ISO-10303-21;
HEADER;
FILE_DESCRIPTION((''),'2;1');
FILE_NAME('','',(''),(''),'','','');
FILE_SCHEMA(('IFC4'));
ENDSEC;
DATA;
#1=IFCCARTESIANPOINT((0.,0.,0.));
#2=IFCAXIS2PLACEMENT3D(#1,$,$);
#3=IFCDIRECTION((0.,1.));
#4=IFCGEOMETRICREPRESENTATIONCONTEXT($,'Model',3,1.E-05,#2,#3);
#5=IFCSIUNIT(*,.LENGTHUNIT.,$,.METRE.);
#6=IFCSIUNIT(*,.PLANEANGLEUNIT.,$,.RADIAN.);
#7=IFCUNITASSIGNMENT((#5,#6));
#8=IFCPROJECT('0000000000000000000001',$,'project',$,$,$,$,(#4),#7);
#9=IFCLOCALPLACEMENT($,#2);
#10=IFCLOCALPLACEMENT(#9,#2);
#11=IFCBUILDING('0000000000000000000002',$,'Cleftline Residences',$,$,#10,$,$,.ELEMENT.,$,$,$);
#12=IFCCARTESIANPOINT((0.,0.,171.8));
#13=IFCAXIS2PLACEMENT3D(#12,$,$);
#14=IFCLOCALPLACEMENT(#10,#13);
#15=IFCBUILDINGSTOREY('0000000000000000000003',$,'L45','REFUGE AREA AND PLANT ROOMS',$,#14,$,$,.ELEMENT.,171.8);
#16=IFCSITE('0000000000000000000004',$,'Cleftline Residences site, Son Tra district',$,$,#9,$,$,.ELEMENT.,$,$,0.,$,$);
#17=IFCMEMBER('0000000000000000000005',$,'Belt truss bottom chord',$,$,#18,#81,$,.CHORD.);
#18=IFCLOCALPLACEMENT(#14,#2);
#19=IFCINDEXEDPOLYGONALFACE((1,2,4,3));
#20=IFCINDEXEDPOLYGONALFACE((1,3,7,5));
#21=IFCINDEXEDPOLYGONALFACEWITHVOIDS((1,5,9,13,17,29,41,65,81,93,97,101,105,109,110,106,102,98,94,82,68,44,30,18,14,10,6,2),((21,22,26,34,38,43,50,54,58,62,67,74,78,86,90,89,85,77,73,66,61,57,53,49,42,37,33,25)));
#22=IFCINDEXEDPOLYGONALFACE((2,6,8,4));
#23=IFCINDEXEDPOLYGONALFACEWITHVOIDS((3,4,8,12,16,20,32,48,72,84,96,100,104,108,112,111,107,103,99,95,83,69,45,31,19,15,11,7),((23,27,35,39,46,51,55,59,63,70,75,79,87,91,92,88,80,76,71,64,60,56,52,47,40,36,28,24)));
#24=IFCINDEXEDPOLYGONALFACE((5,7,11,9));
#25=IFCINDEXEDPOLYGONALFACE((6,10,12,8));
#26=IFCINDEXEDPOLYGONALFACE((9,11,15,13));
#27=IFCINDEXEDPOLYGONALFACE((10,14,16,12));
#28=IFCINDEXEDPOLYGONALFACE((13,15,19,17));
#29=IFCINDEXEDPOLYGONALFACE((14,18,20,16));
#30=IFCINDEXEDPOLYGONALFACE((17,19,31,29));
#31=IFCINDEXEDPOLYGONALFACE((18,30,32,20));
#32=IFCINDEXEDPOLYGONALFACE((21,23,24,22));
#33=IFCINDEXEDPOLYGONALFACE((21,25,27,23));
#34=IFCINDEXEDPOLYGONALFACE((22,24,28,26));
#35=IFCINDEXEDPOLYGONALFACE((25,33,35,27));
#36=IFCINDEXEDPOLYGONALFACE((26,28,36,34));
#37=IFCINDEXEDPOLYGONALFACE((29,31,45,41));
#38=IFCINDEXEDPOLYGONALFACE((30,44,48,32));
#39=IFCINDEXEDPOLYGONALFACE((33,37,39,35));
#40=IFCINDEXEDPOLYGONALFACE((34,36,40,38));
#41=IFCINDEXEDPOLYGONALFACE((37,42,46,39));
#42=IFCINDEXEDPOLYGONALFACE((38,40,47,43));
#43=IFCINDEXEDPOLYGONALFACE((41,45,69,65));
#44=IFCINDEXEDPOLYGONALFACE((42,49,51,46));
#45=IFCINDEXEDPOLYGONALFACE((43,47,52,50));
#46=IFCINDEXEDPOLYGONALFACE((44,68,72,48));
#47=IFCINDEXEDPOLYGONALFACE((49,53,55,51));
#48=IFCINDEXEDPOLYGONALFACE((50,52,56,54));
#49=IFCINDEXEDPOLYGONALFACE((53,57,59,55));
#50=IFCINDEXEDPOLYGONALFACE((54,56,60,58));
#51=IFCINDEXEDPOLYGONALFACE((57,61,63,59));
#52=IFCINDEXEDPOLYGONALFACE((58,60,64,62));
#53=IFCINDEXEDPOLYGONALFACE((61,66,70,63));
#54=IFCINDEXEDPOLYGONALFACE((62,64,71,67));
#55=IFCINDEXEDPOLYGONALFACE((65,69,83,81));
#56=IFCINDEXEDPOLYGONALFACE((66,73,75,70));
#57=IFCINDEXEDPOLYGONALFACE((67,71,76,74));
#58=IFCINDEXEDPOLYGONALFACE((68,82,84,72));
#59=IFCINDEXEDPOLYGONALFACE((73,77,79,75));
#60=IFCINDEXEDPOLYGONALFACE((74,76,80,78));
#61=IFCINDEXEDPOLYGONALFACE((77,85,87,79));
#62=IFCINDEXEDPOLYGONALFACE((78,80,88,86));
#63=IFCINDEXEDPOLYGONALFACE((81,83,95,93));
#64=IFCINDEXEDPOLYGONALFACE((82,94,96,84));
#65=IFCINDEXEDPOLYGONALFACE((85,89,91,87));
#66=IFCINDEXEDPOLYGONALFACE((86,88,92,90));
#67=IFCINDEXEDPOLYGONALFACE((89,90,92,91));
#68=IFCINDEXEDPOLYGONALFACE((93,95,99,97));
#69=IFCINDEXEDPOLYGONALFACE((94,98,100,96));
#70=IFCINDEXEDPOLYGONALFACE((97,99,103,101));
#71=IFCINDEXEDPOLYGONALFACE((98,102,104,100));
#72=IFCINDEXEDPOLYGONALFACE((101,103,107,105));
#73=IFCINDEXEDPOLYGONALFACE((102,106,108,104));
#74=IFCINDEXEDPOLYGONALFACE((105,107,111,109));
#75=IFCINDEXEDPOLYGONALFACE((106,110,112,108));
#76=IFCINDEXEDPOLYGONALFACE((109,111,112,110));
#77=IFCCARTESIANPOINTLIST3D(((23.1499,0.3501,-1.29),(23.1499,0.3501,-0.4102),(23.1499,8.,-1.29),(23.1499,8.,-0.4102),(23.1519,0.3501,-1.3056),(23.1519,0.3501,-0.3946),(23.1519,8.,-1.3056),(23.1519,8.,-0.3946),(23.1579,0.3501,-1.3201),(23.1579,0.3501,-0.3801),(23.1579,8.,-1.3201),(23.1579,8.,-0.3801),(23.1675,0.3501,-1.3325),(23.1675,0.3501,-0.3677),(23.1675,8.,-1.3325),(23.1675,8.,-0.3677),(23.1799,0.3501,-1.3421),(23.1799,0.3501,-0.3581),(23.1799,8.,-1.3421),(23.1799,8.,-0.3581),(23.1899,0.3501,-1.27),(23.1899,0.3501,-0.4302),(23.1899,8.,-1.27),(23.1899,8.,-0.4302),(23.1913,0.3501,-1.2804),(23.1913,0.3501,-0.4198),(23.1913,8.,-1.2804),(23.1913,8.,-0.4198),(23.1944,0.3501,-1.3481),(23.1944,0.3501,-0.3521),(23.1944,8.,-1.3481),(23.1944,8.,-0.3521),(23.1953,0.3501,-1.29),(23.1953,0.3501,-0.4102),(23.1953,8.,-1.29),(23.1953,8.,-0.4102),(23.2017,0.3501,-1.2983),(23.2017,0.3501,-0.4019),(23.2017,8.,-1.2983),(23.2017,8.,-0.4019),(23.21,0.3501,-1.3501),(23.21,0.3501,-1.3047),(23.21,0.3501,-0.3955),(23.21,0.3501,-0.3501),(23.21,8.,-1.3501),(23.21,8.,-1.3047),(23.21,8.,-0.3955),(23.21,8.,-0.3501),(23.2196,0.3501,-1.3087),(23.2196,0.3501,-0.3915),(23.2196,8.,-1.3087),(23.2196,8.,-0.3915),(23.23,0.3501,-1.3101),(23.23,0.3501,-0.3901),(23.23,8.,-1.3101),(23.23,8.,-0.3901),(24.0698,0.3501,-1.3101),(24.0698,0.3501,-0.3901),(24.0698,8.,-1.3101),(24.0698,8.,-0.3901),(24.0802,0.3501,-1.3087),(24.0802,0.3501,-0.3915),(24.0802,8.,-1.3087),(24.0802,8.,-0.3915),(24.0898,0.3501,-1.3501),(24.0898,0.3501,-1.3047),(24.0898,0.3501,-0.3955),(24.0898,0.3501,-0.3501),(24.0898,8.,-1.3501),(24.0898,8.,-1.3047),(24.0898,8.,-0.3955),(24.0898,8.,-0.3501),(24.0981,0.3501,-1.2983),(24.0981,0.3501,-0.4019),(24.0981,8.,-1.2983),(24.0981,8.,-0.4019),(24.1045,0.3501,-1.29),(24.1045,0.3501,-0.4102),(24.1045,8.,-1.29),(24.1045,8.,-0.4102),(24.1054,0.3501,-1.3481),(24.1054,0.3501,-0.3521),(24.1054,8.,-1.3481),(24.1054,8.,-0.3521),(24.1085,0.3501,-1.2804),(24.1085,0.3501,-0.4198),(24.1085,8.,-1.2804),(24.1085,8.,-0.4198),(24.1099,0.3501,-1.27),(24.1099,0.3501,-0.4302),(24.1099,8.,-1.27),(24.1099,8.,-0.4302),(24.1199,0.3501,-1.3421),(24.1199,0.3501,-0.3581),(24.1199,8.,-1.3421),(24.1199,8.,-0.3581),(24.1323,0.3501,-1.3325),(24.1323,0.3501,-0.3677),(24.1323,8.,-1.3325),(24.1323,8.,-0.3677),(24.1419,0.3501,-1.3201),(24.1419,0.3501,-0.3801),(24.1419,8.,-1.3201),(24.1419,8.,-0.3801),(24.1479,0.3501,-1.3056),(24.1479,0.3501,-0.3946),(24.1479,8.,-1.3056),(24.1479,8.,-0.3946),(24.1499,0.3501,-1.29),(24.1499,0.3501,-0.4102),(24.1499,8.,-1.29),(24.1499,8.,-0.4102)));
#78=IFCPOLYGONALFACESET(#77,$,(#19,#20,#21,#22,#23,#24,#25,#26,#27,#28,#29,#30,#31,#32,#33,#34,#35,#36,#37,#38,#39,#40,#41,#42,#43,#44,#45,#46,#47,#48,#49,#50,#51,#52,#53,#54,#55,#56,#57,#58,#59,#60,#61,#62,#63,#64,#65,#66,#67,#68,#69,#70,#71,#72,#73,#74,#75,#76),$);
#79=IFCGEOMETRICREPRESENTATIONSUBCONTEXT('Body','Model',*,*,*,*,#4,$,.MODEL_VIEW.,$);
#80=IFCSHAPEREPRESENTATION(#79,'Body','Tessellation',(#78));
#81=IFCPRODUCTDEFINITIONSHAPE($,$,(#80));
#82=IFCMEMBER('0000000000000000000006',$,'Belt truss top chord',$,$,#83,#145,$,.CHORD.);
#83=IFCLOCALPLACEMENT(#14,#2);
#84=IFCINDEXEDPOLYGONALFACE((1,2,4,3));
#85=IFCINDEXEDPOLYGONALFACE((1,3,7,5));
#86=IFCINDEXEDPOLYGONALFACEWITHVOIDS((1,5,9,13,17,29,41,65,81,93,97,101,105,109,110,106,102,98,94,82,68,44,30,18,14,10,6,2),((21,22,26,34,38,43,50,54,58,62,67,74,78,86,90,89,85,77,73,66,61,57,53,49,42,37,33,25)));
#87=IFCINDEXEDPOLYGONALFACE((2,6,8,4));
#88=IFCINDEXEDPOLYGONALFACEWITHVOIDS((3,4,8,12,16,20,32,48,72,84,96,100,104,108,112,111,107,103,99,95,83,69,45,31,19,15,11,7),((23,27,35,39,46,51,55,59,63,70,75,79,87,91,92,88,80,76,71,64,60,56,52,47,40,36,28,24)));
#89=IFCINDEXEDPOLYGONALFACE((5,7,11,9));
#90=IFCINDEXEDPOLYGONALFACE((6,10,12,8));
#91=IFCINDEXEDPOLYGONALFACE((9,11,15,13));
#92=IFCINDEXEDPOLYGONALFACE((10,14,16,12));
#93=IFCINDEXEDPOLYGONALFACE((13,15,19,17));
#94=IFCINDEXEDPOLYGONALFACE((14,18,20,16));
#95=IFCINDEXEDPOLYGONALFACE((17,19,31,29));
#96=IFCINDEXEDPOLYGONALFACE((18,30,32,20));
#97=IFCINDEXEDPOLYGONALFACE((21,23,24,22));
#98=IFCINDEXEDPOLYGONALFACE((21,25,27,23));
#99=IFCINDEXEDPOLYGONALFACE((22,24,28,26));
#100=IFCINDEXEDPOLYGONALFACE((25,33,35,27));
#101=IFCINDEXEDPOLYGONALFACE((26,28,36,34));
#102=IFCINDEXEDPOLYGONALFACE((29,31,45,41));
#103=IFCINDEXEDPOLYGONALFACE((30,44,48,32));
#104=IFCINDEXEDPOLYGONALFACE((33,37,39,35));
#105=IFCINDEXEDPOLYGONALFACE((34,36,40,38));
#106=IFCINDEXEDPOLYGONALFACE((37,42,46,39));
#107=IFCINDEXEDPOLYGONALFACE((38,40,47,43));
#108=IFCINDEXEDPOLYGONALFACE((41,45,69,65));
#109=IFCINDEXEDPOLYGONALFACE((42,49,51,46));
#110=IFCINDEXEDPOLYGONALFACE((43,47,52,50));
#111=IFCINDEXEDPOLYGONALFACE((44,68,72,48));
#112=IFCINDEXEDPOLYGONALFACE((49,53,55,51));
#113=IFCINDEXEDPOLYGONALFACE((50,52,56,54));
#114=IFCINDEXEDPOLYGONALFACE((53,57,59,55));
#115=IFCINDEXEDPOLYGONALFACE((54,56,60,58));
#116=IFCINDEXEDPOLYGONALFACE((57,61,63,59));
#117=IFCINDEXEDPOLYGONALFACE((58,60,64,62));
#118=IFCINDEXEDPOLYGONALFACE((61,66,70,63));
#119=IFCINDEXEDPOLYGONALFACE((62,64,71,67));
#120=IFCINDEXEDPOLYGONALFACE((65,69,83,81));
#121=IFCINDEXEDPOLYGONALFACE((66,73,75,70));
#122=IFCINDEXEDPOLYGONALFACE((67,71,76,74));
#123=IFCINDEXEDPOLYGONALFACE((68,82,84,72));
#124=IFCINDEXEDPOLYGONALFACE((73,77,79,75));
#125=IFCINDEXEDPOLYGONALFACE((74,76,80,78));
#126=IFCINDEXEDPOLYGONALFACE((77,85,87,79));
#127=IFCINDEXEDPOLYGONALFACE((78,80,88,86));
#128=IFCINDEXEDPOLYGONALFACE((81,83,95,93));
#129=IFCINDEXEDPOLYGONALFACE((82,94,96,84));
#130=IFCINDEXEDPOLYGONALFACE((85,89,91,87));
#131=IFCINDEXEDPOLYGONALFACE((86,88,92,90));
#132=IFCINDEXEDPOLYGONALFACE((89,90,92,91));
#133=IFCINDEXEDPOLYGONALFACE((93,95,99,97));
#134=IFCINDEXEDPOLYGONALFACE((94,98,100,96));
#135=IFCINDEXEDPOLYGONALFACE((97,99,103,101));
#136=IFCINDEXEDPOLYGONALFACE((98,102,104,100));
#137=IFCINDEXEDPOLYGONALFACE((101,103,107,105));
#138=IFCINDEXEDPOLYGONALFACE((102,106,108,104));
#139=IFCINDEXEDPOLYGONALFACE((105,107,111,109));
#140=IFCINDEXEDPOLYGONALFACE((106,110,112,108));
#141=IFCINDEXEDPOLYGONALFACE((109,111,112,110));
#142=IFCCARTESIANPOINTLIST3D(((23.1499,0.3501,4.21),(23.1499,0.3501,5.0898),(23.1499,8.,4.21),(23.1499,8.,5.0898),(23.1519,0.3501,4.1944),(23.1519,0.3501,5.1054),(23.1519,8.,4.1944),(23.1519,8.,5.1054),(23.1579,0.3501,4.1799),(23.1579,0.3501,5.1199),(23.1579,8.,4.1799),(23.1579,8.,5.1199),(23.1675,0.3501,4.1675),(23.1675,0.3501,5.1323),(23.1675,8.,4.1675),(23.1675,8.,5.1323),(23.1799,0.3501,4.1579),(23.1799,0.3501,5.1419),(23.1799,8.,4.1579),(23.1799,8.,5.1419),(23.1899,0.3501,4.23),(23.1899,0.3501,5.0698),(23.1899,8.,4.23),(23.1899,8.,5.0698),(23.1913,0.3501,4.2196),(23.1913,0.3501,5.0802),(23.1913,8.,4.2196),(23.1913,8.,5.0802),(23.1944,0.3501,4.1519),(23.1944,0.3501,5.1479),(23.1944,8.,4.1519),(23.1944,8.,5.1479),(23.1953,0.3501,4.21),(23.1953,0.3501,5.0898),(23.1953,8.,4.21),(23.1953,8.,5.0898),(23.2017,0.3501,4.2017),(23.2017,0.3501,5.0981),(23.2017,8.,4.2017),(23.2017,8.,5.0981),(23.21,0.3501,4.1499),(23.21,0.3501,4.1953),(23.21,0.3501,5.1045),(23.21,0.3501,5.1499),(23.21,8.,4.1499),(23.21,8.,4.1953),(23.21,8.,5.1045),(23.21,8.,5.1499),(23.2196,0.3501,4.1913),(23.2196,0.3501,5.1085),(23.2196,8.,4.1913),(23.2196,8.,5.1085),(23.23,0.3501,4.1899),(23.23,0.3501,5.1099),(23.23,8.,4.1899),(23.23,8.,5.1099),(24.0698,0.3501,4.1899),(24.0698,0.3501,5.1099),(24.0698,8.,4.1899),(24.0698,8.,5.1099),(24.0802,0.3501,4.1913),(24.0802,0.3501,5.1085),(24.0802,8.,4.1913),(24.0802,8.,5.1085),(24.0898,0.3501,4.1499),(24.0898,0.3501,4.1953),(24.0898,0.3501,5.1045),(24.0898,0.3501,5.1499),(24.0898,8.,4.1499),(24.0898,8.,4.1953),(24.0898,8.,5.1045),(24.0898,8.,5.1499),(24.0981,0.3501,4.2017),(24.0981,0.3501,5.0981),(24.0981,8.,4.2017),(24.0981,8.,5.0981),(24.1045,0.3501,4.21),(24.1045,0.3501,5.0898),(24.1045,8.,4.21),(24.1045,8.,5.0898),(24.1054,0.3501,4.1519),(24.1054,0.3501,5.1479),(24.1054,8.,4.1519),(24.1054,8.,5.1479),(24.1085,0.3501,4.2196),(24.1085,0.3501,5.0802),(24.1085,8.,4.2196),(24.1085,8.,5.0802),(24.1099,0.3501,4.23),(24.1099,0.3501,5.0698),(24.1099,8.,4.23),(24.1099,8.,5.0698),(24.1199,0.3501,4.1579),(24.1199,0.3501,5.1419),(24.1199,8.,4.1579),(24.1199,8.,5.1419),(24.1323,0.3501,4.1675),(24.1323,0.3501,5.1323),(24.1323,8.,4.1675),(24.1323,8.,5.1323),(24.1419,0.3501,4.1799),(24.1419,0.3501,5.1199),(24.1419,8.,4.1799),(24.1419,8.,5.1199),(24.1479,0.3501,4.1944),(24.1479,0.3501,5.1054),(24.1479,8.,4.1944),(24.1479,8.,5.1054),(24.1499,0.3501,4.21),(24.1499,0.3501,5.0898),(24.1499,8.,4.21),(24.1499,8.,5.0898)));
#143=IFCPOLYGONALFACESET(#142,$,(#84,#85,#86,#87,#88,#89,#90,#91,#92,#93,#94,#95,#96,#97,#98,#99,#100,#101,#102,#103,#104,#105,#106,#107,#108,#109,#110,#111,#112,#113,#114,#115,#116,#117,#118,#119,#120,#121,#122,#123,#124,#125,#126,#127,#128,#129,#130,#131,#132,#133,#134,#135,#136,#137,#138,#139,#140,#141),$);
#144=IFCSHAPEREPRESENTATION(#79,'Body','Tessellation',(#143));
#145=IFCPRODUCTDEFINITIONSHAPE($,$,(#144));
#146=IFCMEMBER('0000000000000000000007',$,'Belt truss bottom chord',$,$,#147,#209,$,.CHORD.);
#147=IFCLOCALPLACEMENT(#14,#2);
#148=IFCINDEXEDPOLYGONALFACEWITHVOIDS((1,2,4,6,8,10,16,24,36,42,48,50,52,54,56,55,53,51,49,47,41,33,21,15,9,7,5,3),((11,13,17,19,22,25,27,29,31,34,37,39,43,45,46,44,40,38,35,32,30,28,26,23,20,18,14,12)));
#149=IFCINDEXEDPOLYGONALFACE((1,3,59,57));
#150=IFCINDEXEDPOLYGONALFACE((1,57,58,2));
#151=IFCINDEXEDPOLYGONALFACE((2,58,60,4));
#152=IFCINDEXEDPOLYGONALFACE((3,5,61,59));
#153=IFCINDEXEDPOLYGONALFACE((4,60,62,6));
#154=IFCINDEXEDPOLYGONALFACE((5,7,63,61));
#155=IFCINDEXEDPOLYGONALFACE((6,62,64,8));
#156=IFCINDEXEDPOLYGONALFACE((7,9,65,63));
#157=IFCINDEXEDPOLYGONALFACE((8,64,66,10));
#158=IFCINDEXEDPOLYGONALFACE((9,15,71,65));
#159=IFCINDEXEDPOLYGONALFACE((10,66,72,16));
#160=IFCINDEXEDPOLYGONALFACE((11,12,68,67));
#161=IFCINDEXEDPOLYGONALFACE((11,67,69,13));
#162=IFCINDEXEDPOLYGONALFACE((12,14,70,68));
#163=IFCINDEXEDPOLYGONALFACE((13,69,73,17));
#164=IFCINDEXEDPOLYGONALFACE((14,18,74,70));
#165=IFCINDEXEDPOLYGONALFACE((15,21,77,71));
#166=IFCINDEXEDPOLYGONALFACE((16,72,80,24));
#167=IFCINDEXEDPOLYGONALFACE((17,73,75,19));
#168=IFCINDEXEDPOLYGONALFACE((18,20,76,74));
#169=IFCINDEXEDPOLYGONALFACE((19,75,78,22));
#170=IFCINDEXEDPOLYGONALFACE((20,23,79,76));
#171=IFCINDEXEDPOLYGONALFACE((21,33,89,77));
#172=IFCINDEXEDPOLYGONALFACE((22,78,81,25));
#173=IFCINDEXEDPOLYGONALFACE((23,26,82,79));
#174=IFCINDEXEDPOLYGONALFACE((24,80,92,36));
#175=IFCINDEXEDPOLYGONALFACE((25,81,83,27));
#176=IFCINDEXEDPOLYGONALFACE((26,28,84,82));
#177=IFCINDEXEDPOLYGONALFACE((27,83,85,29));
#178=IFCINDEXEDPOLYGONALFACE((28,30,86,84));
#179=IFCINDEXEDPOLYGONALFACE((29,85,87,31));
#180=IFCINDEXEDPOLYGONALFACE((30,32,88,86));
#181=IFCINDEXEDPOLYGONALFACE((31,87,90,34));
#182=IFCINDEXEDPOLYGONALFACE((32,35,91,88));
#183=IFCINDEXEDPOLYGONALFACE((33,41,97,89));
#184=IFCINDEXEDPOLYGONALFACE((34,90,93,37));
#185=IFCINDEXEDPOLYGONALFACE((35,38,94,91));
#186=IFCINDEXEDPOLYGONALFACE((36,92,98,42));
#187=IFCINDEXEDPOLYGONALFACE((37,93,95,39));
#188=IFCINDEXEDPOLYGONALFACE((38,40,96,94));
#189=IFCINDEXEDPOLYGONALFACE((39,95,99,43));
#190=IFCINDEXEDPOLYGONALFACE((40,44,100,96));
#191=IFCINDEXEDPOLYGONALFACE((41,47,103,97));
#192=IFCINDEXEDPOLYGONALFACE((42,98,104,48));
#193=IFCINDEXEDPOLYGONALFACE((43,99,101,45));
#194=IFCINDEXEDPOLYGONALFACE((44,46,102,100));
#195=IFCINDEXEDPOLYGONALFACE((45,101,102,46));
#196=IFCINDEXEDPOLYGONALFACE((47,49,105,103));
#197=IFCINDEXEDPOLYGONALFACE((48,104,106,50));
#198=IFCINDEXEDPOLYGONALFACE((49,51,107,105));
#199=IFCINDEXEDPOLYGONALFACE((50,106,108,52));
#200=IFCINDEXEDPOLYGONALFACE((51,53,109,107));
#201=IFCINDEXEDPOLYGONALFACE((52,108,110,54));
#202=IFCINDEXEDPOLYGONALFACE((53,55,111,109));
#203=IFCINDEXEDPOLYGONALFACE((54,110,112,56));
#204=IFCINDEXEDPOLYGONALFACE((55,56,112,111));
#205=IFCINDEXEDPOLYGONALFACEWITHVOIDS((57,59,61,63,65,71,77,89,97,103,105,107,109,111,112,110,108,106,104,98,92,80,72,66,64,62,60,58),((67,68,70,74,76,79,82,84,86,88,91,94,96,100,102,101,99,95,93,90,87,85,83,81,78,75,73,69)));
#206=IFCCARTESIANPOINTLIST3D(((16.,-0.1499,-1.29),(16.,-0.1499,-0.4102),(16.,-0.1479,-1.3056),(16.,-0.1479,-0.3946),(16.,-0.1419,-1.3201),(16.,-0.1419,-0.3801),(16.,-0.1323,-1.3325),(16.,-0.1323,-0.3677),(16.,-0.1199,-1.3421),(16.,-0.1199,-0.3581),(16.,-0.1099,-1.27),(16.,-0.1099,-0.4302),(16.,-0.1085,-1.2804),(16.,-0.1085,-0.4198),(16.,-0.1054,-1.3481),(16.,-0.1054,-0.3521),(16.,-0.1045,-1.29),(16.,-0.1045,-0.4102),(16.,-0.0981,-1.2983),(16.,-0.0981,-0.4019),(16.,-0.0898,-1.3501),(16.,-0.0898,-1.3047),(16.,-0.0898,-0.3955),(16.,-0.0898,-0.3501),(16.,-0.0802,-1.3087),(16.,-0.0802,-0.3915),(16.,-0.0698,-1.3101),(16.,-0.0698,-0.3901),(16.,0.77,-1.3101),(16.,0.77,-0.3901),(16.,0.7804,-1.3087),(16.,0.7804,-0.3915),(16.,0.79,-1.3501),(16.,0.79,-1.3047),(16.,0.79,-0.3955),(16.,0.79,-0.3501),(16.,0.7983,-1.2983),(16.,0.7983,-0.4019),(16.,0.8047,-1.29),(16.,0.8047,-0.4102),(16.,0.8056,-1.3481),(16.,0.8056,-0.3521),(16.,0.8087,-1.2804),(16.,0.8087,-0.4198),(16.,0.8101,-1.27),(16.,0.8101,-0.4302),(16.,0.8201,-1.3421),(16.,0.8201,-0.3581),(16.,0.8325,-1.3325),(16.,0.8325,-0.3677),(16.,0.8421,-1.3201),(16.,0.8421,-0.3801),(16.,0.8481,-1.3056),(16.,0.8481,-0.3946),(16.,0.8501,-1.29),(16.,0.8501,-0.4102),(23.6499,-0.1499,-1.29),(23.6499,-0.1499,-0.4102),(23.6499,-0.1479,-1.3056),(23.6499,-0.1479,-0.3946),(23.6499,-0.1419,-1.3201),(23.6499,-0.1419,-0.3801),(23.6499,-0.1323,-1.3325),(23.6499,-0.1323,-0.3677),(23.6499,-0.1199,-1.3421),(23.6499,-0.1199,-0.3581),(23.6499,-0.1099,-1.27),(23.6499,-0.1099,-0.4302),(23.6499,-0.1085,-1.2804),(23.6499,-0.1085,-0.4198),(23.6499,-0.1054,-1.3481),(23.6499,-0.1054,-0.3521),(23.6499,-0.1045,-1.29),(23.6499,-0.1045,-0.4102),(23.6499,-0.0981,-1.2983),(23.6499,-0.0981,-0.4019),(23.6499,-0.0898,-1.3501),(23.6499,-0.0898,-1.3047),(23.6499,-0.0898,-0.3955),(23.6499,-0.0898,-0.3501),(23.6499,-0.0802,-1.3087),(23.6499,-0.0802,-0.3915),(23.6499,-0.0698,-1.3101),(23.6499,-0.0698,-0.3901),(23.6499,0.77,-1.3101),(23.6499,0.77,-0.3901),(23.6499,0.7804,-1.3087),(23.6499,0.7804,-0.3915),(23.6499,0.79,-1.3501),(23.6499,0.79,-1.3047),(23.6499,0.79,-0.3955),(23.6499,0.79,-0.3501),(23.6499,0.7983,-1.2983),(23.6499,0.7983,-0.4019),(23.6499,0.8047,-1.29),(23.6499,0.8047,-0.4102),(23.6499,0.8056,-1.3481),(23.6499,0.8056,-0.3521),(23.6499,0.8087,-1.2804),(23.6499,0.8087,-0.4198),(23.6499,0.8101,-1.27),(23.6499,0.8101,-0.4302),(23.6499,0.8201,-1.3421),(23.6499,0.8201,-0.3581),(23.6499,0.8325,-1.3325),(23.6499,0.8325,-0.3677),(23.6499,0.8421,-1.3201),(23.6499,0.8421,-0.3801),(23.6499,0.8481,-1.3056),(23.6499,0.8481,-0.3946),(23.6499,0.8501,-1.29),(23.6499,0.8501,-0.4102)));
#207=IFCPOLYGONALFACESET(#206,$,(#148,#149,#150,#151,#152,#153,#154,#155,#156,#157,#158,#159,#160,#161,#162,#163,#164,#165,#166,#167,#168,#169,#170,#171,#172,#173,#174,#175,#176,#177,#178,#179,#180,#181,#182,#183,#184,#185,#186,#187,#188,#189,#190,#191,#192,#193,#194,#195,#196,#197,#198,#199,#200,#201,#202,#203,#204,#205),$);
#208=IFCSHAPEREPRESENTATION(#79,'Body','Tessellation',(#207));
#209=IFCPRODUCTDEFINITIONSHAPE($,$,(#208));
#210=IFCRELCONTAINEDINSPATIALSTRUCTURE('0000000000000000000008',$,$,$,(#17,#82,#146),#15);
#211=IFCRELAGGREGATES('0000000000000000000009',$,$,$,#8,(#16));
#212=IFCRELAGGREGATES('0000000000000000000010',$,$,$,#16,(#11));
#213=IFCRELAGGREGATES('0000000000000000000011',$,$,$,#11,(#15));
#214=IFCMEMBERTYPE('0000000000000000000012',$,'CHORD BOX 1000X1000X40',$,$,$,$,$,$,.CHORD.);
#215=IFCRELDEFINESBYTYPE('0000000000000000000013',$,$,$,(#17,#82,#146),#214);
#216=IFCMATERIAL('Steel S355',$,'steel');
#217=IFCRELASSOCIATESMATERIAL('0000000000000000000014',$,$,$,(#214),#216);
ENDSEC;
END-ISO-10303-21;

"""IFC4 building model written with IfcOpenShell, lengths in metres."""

from ifc_helpers import new_model, si_unit, direction, frame, origin, origin_2d, place, context, subcontext, project, spatial, hollow_rectangle, extrude, material, material_profile, profile_set, type_object, element, save


model = new_model("IFC4")

# Units and contexts
model_context = context("Model", 3, precision=1e-05, world=origin(), true_north=direction((0.0, 1.0)))
body_context = subcontext(model_context, "Body", "Model", "MODEL_VIEW")
ifc_project = project(units=[si_unit("LENGTHUNIT", "METRE"), si_unit("PLANEANGLEUNIT", "RADIAN")], contexts=[model_context])

# Site, building, storey
site_placement = place(None, origin())
site = spatial("IfcSite", under=ifc_project, at=site_placement, Name="Cleftline Residences site, Son Tra district", CompositionType="ELEMENT", RefElevation=0.0)
building_placement = place(site_placement, origin())
building = spatial("IfcBuilding", under=site, at=building_placement, Name="Cleftline Residences", CompositionType="ELEMENT")
storey_placement = place(building_placement, frame((0.0, 0.0, 171.8)))
storey = spatial("IfcBuildingStorey", under=building, at=storey_placement, Name="L45", Description="REFUGE AREA AND PLANT ROOMS", CompositionType="ELEMENT", Elevation=171.8)

# Members
ifc_material_1 = material(Name="Steel S355", Category="steel")
ifc_material_profile_1 = material_profile(ifc_material_1, hollow_rectangle(XDim=1.0, YDim=1.0, WallThickness=0.04, InnerFilletRadius=0.04, OuterFilletRadius=0.0601, at=origin_2d()))
ifc_profile_set_1 = profile_set([ifc_material_profile_1], Name="Steel S355")
member_type_1 = type_object("IfcMemberType", Name="CHORD BOX 1000X1000X40", PredefinedType="CHORD", material=ifc_profile_set_1)
for number, where, z_axis, x_axis, name in (
    (1, (23.6499, 0.3501, -0.8501), (0.0, 1.0, 0.0), (-1.0, 0.0, 0.0), "Belt truss bottom chord"),
    (2, (23.6499, 0.3501, 4.6499), (0.0, 1.0, 0.0), (-1.0, 0.0, 0.0), "Belt truss top chord"),
    (3, (16.0, 0.3501, -0.8501), (1.0, 0.0, 0.0), (0.0, 1.0, 0.0), "Belt truss bottom chord"),
):
    element("IfcMember", number, at=place(storey_placement, frame(where, z_axis=z_axis, x_axis=x_axis)), inside=storey, type_object=member_type_1, Name=name, PredefinedType="CHORD", context=body_context, shape_type="SweptSolid", body=[
        extrude(hollow_rectangle(XDim=1.0, YDim=1.0, WallThickness=0.04, InnerFilletRadius=0.04, OuterFilletRadius=0.0601, at=origin_2d()), origin(), (0.0, 0.0, 1.0), 7.6499),
    ])

save(model, "model.ifc")
